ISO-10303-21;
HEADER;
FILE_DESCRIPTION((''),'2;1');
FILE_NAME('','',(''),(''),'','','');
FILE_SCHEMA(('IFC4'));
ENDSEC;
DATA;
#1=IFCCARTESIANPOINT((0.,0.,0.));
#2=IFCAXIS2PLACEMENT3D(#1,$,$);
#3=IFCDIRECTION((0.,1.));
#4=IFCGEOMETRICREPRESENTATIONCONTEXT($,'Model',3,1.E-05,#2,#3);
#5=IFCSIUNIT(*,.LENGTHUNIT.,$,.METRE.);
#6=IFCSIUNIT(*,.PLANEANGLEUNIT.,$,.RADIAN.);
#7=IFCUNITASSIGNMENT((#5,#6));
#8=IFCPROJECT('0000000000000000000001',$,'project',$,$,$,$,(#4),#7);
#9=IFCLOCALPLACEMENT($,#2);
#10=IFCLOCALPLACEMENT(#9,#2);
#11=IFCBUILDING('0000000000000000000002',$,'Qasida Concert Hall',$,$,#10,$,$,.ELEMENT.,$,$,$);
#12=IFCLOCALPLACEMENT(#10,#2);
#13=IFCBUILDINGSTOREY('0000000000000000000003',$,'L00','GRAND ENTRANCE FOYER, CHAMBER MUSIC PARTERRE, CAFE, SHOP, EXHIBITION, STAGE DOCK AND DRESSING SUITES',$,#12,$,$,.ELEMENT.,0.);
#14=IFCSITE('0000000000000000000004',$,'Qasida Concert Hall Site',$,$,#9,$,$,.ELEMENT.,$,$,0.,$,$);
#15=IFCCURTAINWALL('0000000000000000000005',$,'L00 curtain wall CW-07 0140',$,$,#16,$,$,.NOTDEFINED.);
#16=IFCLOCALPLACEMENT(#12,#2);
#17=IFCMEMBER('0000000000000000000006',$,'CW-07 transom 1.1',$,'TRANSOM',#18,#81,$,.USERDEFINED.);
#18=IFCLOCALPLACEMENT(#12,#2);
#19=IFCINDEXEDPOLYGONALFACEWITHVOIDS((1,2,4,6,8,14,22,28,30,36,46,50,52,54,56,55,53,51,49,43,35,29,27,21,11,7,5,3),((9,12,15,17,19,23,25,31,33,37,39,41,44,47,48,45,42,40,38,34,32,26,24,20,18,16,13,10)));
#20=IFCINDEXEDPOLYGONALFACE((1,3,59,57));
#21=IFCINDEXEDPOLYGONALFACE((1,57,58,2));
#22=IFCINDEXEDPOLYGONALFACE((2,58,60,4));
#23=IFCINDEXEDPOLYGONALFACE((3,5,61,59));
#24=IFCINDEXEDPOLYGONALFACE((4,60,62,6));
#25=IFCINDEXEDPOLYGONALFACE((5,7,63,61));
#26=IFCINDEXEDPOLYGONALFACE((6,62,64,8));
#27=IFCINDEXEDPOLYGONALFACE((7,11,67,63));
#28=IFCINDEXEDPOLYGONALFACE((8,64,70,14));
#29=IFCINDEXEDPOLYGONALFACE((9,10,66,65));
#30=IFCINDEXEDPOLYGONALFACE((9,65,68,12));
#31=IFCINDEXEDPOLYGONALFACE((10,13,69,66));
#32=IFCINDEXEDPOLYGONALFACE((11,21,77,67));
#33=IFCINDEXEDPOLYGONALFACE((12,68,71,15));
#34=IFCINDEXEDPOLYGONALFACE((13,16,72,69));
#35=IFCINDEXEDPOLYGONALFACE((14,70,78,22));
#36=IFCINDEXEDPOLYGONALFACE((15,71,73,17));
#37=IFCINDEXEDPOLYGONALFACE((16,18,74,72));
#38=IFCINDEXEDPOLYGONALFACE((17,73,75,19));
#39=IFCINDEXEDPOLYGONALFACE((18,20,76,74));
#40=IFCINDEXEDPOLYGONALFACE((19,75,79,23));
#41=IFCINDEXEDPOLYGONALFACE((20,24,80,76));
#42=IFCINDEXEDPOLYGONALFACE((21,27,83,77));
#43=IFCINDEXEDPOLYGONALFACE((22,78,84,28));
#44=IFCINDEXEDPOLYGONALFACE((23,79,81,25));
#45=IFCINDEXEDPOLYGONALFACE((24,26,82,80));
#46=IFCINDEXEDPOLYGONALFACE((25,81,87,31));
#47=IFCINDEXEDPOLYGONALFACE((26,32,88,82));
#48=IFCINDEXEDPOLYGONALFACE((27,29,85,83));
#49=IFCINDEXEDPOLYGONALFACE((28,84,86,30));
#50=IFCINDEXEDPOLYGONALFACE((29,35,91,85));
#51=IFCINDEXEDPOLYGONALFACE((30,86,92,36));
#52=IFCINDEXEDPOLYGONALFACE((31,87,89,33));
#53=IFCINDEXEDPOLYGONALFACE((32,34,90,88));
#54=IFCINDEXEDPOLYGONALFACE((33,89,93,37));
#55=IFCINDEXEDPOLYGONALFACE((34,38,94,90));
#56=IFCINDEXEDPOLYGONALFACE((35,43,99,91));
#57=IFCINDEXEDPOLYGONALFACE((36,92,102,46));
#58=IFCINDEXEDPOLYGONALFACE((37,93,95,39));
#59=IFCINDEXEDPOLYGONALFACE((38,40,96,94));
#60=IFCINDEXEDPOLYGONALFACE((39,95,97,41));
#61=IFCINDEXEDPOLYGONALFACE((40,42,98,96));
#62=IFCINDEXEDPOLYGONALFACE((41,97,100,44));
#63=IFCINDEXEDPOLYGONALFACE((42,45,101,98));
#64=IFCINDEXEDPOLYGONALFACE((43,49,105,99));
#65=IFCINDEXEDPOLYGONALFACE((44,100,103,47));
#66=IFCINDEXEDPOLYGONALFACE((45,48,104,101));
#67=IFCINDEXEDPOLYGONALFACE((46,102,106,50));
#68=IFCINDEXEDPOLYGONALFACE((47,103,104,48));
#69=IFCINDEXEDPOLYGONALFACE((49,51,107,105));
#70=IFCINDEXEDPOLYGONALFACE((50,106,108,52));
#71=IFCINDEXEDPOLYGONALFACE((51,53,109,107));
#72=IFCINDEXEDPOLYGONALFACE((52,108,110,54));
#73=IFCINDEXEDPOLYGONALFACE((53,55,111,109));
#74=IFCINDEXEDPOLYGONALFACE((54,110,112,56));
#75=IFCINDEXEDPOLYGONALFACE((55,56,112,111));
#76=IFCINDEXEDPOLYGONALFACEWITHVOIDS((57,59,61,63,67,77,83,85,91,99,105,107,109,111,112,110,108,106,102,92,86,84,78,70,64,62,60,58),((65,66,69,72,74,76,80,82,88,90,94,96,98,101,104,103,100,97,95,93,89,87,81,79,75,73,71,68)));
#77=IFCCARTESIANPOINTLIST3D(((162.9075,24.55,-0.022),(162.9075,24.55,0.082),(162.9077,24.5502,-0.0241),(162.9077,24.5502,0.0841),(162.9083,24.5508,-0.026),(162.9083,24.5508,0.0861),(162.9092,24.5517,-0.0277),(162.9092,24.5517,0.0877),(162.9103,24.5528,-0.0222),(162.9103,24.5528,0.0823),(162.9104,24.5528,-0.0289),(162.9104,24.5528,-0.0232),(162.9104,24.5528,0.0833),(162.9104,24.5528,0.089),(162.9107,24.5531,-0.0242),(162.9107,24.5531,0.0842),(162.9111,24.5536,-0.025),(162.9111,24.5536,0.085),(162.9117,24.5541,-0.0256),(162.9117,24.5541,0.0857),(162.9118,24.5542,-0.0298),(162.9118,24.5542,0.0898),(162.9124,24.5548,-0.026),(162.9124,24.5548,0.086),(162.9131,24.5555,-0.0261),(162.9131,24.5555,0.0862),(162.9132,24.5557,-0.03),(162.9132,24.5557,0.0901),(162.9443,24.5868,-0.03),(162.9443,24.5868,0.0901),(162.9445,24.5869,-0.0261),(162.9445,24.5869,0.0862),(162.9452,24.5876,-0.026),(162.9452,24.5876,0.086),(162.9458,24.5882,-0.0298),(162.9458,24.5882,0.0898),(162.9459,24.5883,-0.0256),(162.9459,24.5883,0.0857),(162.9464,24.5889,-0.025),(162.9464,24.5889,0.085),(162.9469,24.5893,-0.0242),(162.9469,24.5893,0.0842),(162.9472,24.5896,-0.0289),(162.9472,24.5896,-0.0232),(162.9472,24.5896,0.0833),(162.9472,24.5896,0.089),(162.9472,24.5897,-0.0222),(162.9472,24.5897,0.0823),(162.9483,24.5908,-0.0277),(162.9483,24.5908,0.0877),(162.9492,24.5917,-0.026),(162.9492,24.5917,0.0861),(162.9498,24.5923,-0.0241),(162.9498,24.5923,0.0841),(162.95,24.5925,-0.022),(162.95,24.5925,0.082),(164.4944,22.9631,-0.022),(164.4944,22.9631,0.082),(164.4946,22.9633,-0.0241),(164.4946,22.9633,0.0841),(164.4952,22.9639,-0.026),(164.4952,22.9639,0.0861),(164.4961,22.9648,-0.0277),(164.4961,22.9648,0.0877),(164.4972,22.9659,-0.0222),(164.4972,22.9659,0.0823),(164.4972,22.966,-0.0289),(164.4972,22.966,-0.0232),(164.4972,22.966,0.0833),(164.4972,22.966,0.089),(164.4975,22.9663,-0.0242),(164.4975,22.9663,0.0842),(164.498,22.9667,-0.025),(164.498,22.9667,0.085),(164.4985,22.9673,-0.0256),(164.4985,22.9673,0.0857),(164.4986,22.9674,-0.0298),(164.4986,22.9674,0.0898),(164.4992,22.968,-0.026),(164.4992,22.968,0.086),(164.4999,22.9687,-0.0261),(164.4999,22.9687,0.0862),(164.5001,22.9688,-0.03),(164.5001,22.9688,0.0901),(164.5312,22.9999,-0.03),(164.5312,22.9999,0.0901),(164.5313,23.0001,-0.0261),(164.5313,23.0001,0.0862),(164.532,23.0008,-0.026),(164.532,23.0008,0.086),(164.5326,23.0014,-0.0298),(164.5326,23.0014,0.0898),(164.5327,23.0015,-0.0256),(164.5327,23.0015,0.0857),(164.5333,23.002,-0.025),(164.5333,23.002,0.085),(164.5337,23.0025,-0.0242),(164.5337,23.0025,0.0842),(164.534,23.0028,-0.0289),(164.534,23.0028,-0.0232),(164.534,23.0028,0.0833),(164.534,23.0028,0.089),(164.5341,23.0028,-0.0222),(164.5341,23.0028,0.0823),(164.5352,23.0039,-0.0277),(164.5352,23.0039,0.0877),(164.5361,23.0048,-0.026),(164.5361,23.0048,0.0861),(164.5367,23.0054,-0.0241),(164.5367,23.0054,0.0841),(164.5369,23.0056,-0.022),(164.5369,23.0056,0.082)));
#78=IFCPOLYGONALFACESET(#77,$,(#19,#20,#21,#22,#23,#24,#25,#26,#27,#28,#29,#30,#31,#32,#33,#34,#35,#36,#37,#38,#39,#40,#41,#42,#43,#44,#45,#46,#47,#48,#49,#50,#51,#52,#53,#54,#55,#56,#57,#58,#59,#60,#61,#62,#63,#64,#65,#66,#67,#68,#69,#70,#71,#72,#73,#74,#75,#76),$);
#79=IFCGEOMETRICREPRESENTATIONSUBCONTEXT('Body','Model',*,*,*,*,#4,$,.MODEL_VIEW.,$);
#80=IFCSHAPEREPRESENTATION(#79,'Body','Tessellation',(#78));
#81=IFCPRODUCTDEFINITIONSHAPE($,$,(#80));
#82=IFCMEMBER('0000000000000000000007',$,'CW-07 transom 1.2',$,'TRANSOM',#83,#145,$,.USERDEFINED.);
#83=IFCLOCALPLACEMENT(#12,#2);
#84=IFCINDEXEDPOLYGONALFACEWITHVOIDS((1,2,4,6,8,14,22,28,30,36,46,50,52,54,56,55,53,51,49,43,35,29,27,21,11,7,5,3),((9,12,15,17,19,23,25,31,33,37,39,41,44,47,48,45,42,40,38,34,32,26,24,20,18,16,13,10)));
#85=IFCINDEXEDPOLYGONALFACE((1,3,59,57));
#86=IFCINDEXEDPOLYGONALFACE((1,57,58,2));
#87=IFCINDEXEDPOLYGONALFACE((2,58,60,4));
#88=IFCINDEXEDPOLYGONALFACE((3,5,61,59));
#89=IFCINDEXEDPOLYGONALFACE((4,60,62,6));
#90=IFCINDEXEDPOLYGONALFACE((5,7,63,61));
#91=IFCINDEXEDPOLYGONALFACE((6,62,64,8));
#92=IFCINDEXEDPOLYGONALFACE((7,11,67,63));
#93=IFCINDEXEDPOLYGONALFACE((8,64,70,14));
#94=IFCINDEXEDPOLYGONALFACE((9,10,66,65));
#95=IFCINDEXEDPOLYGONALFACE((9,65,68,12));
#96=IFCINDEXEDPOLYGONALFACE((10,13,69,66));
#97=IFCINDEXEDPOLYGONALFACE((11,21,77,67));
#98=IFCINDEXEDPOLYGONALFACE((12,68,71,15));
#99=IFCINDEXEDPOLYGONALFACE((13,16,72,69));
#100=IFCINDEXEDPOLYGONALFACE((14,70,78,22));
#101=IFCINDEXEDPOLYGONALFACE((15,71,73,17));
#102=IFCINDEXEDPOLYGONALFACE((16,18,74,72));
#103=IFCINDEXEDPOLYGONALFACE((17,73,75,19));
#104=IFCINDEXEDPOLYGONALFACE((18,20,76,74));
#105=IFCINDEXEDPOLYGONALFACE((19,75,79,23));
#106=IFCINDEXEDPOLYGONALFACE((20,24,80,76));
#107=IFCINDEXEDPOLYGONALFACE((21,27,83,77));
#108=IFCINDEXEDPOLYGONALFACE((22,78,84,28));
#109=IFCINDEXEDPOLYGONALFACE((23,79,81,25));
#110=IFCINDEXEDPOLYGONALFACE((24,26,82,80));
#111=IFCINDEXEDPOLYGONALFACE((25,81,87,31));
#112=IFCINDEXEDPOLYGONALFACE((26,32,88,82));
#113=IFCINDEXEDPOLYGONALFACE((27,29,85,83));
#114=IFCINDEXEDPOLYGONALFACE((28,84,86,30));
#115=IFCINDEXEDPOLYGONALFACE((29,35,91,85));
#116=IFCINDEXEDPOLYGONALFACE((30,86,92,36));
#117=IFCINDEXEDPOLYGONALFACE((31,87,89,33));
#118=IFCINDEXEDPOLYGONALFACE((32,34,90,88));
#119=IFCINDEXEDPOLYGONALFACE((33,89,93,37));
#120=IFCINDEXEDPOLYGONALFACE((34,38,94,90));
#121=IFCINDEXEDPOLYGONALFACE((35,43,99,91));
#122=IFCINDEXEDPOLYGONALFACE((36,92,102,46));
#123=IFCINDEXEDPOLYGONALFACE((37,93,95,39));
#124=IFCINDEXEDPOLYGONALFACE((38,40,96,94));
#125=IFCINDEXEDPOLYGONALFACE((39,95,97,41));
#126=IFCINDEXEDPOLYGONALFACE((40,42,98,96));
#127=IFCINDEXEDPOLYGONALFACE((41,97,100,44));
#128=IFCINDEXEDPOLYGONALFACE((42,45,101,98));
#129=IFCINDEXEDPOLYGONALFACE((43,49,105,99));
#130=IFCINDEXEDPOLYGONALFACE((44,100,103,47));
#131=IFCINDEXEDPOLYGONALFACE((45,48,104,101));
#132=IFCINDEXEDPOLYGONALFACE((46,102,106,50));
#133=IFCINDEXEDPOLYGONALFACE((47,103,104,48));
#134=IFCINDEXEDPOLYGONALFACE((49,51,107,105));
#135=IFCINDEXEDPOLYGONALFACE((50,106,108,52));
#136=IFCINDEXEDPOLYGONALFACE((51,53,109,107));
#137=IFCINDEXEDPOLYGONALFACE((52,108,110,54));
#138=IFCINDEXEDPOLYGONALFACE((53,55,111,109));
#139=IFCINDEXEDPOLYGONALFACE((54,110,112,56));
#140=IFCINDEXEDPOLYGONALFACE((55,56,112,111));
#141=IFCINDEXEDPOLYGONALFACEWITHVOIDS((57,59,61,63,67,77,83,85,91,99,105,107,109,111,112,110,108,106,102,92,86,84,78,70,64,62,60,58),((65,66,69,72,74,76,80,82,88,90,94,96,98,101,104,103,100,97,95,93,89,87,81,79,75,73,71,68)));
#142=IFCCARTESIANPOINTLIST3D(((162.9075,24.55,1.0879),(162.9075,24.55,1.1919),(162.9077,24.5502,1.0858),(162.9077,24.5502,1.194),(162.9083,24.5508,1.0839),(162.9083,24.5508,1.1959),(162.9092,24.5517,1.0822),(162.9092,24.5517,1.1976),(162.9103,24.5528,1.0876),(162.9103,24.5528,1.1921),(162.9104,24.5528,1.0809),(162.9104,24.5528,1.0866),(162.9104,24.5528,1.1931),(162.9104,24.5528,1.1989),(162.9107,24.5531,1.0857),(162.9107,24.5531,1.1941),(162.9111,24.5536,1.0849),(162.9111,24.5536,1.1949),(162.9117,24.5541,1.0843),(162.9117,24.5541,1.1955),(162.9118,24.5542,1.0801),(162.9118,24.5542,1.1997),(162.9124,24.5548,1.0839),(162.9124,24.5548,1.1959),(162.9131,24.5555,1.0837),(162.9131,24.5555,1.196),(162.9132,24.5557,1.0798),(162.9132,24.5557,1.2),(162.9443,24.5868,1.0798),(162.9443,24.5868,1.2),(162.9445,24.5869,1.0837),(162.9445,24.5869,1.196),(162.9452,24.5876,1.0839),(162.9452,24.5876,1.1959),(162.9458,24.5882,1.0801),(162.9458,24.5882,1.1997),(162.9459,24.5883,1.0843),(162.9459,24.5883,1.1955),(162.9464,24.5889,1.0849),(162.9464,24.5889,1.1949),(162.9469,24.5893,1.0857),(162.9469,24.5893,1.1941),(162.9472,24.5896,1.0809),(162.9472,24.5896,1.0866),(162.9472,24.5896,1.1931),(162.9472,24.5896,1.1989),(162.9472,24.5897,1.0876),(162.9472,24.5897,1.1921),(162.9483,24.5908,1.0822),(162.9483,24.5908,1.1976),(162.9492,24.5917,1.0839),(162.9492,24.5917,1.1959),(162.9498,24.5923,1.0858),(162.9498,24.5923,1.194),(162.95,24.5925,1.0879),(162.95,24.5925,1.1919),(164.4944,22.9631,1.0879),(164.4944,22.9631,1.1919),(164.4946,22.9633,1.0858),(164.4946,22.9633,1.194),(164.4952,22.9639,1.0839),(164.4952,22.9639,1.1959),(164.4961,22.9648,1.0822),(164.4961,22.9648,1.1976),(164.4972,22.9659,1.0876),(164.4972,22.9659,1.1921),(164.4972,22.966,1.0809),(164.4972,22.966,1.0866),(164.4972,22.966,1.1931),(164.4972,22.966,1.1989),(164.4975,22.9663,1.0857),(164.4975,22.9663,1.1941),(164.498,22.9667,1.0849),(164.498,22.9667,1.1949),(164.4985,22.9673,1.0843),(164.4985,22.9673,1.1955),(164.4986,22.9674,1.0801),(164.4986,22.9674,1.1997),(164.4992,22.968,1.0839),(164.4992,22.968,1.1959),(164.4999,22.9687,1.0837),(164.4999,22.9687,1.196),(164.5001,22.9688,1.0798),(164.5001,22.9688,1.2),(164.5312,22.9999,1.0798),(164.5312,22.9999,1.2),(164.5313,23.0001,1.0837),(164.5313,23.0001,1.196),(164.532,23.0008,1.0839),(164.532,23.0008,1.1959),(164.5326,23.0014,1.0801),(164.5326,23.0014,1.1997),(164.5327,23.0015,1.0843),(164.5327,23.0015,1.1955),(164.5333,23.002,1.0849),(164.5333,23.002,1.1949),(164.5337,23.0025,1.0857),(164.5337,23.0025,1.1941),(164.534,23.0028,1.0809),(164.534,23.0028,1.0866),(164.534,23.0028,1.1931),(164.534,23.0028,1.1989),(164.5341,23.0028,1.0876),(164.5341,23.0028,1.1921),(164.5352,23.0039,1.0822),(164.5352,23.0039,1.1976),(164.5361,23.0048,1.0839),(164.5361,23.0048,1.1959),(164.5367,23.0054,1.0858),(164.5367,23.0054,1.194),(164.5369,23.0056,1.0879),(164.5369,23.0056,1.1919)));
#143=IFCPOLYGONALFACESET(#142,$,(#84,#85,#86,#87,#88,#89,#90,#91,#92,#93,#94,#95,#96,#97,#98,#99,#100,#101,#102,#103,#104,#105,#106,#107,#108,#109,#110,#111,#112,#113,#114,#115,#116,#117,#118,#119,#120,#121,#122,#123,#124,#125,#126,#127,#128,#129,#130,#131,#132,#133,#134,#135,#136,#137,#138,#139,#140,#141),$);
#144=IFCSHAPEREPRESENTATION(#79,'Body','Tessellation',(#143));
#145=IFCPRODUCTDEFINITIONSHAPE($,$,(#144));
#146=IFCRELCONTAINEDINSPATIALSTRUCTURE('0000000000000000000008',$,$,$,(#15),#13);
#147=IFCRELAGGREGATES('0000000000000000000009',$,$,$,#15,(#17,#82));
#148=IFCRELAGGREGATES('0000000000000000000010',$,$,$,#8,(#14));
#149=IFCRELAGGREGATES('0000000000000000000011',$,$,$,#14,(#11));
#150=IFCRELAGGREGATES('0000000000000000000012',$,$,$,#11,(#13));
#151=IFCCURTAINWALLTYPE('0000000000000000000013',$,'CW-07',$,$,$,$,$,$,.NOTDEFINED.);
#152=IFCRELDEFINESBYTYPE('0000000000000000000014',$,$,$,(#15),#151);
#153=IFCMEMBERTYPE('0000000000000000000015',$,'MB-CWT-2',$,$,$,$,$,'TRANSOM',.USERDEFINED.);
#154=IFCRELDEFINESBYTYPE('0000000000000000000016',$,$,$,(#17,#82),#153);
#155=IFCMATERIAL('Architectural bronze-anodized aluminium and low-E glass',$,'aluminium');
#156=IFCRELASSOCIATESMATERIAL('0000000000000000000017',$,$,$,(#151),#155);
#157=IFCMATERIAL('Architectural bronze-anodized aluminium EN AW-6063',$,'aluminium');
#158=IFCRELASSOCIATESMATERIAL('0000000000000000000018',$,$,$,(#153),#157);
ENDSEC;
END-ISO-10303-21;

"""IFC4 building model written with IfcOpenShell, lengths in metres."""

from ifc_helpers import new_model, si_unit, direction, frame, origin, origin_2d, place, context, subcontext, project, spatial, hollow_rectangle, extrude, material, material_profile, profile_set, type_object, element, aggregate, save


model = new_model("IFC4")

# Units and contexts
model_context = context("Model", 3, precision=1e-05, world=origin(), true_north=direction((0.0, 1.0)))
body_context = subcontext(model_context, "Body", "Model", "MODEL_VIEW")
ifc_project = project(units=[si_unit("LENGTHUNIT", "METRE"), si_unit("PLANEANGLEUNIT", "RADIAN")], contexts=[model_context])

# Site, building, storey
site_placement = place(None, origin())
site = spatial("IfcSite", under=ifc_project, at=site_placement, Name="Qasida Concert Hall Site", CompositionType="ELEMENT", RefElevation=0.0)
building_placement = place(site_placement, origin())
building = spatial("IfcBuilding", under=site, at=building_placement, Name="Qasida Concert Hall", CompositionType="ELEMENT")
storey_placement = place(building_placement, origin())
storey = spatial("IfcBuildingStorey", under=building, at=storey_placement, Name="L00", Description="GRAND ENTRANCE FOYER, CHAMBER MUSIC PARTERRE, CAFE, SHOP, EXHIBITION, STAGE DOCK AND DRESSING SUITES", CompositionType="ELEMENT", Elevation=0.0)

# Curtain wall, members
ifc_material_1 = material(Name="Architectural bronze-anodized aluminium and low-E glass", Category="aluminium")
curtain_wall_type = type_object("IfcCurtainWallType", Name="CW-07", PredefinedType="NOTDEFINED", material=ifc_material_1)
curtain_wall_placement = place(storey_placement, origin())
curtain_wall = element("IfcCurtainWall", 1, at=curtain_wall_placement, inside=storey, type_object=curtain_wall_type, Name="L00 curtain wall CW-07 0140", PredefinedType="NOTDEFINED")
ifc_material_2 = material(Name="Architectural bronze-anodized aluminium EN AW-6063", Category="aluminium")
ifc_material_profile_1 = material_profile(ifc_material_2, hollow_rectangle(XDim=0.0601, YDim=0.1201, WallThickness=0.0039, InnerFilletRadius=0.0039, OuterFilletRadius=0.0081, at=origin_2d()), Name="CWT 120x60x4")
ifc_profile_set_1 = profile_set([ifc_material_profile_1], Name="Architectural bronze-anodized aluminium EN AW-6063")
member_type_1 = type_object("IfcMemberType", Name="MB-CWT-2", ElementType="TRANSOM", PredefinedType="USERDEFINED", material=ifc_profile_set_1)
member_1_placement = place(storey_placement, frame((164.5156, 22.9844, 0.03), z_axis=(-0.707107, 0.707107, 0.0), x_axis=(-0.707107, -0.707107, 0.0)))
member_1 = element("IfcMember", 2, at=member_1_placement, type_object=member_type_1, Name="CW-07 transom 1.1", ObjectType="TRANSOM", PredefinedType="USERDEFINED", context=body_context, shape_type="SweptSolid", body=[
    extrude(hollow_rectangle(XDim=0.0601, YDim=0.1201, WallThickness=0.0039, InnerFilletRadius=0.0039, OuterFilletRadius=0.0081, at=origin_2d()), origin(), (0.0, 0.0, 1.0), 2.2441),
])
member_2_placement = place(storey_placement, frame((164.5156, 22.9844, 1.1399), z_axis=(-0.707107, 0.707107, 0.0), x_axis=(-0.707107, -0.707107, 0.0)))
member_2 = element("IfcMember", 3, at=member_2_placement, type_object=member_type_1, Name="CW-07 transom 1.2", ObjectType="TRANSOM", PredefinedType="USERDEFINED", context=body_context, shape_type="SweptSolid", body=[
    extrude(hollow_rectangle(XDim=0.0601, YDim=0.1201, WallThickness=0.0039, InnerFilletRadius=0.0039, OuterFilletRadius=0.0081, at=origin_2d()), origin(), (0.0, 0.0, 1.0), 2.2441),
])
aggregate(curtain_wall, [member_1, member_2])

save(model, "model.ifc")
